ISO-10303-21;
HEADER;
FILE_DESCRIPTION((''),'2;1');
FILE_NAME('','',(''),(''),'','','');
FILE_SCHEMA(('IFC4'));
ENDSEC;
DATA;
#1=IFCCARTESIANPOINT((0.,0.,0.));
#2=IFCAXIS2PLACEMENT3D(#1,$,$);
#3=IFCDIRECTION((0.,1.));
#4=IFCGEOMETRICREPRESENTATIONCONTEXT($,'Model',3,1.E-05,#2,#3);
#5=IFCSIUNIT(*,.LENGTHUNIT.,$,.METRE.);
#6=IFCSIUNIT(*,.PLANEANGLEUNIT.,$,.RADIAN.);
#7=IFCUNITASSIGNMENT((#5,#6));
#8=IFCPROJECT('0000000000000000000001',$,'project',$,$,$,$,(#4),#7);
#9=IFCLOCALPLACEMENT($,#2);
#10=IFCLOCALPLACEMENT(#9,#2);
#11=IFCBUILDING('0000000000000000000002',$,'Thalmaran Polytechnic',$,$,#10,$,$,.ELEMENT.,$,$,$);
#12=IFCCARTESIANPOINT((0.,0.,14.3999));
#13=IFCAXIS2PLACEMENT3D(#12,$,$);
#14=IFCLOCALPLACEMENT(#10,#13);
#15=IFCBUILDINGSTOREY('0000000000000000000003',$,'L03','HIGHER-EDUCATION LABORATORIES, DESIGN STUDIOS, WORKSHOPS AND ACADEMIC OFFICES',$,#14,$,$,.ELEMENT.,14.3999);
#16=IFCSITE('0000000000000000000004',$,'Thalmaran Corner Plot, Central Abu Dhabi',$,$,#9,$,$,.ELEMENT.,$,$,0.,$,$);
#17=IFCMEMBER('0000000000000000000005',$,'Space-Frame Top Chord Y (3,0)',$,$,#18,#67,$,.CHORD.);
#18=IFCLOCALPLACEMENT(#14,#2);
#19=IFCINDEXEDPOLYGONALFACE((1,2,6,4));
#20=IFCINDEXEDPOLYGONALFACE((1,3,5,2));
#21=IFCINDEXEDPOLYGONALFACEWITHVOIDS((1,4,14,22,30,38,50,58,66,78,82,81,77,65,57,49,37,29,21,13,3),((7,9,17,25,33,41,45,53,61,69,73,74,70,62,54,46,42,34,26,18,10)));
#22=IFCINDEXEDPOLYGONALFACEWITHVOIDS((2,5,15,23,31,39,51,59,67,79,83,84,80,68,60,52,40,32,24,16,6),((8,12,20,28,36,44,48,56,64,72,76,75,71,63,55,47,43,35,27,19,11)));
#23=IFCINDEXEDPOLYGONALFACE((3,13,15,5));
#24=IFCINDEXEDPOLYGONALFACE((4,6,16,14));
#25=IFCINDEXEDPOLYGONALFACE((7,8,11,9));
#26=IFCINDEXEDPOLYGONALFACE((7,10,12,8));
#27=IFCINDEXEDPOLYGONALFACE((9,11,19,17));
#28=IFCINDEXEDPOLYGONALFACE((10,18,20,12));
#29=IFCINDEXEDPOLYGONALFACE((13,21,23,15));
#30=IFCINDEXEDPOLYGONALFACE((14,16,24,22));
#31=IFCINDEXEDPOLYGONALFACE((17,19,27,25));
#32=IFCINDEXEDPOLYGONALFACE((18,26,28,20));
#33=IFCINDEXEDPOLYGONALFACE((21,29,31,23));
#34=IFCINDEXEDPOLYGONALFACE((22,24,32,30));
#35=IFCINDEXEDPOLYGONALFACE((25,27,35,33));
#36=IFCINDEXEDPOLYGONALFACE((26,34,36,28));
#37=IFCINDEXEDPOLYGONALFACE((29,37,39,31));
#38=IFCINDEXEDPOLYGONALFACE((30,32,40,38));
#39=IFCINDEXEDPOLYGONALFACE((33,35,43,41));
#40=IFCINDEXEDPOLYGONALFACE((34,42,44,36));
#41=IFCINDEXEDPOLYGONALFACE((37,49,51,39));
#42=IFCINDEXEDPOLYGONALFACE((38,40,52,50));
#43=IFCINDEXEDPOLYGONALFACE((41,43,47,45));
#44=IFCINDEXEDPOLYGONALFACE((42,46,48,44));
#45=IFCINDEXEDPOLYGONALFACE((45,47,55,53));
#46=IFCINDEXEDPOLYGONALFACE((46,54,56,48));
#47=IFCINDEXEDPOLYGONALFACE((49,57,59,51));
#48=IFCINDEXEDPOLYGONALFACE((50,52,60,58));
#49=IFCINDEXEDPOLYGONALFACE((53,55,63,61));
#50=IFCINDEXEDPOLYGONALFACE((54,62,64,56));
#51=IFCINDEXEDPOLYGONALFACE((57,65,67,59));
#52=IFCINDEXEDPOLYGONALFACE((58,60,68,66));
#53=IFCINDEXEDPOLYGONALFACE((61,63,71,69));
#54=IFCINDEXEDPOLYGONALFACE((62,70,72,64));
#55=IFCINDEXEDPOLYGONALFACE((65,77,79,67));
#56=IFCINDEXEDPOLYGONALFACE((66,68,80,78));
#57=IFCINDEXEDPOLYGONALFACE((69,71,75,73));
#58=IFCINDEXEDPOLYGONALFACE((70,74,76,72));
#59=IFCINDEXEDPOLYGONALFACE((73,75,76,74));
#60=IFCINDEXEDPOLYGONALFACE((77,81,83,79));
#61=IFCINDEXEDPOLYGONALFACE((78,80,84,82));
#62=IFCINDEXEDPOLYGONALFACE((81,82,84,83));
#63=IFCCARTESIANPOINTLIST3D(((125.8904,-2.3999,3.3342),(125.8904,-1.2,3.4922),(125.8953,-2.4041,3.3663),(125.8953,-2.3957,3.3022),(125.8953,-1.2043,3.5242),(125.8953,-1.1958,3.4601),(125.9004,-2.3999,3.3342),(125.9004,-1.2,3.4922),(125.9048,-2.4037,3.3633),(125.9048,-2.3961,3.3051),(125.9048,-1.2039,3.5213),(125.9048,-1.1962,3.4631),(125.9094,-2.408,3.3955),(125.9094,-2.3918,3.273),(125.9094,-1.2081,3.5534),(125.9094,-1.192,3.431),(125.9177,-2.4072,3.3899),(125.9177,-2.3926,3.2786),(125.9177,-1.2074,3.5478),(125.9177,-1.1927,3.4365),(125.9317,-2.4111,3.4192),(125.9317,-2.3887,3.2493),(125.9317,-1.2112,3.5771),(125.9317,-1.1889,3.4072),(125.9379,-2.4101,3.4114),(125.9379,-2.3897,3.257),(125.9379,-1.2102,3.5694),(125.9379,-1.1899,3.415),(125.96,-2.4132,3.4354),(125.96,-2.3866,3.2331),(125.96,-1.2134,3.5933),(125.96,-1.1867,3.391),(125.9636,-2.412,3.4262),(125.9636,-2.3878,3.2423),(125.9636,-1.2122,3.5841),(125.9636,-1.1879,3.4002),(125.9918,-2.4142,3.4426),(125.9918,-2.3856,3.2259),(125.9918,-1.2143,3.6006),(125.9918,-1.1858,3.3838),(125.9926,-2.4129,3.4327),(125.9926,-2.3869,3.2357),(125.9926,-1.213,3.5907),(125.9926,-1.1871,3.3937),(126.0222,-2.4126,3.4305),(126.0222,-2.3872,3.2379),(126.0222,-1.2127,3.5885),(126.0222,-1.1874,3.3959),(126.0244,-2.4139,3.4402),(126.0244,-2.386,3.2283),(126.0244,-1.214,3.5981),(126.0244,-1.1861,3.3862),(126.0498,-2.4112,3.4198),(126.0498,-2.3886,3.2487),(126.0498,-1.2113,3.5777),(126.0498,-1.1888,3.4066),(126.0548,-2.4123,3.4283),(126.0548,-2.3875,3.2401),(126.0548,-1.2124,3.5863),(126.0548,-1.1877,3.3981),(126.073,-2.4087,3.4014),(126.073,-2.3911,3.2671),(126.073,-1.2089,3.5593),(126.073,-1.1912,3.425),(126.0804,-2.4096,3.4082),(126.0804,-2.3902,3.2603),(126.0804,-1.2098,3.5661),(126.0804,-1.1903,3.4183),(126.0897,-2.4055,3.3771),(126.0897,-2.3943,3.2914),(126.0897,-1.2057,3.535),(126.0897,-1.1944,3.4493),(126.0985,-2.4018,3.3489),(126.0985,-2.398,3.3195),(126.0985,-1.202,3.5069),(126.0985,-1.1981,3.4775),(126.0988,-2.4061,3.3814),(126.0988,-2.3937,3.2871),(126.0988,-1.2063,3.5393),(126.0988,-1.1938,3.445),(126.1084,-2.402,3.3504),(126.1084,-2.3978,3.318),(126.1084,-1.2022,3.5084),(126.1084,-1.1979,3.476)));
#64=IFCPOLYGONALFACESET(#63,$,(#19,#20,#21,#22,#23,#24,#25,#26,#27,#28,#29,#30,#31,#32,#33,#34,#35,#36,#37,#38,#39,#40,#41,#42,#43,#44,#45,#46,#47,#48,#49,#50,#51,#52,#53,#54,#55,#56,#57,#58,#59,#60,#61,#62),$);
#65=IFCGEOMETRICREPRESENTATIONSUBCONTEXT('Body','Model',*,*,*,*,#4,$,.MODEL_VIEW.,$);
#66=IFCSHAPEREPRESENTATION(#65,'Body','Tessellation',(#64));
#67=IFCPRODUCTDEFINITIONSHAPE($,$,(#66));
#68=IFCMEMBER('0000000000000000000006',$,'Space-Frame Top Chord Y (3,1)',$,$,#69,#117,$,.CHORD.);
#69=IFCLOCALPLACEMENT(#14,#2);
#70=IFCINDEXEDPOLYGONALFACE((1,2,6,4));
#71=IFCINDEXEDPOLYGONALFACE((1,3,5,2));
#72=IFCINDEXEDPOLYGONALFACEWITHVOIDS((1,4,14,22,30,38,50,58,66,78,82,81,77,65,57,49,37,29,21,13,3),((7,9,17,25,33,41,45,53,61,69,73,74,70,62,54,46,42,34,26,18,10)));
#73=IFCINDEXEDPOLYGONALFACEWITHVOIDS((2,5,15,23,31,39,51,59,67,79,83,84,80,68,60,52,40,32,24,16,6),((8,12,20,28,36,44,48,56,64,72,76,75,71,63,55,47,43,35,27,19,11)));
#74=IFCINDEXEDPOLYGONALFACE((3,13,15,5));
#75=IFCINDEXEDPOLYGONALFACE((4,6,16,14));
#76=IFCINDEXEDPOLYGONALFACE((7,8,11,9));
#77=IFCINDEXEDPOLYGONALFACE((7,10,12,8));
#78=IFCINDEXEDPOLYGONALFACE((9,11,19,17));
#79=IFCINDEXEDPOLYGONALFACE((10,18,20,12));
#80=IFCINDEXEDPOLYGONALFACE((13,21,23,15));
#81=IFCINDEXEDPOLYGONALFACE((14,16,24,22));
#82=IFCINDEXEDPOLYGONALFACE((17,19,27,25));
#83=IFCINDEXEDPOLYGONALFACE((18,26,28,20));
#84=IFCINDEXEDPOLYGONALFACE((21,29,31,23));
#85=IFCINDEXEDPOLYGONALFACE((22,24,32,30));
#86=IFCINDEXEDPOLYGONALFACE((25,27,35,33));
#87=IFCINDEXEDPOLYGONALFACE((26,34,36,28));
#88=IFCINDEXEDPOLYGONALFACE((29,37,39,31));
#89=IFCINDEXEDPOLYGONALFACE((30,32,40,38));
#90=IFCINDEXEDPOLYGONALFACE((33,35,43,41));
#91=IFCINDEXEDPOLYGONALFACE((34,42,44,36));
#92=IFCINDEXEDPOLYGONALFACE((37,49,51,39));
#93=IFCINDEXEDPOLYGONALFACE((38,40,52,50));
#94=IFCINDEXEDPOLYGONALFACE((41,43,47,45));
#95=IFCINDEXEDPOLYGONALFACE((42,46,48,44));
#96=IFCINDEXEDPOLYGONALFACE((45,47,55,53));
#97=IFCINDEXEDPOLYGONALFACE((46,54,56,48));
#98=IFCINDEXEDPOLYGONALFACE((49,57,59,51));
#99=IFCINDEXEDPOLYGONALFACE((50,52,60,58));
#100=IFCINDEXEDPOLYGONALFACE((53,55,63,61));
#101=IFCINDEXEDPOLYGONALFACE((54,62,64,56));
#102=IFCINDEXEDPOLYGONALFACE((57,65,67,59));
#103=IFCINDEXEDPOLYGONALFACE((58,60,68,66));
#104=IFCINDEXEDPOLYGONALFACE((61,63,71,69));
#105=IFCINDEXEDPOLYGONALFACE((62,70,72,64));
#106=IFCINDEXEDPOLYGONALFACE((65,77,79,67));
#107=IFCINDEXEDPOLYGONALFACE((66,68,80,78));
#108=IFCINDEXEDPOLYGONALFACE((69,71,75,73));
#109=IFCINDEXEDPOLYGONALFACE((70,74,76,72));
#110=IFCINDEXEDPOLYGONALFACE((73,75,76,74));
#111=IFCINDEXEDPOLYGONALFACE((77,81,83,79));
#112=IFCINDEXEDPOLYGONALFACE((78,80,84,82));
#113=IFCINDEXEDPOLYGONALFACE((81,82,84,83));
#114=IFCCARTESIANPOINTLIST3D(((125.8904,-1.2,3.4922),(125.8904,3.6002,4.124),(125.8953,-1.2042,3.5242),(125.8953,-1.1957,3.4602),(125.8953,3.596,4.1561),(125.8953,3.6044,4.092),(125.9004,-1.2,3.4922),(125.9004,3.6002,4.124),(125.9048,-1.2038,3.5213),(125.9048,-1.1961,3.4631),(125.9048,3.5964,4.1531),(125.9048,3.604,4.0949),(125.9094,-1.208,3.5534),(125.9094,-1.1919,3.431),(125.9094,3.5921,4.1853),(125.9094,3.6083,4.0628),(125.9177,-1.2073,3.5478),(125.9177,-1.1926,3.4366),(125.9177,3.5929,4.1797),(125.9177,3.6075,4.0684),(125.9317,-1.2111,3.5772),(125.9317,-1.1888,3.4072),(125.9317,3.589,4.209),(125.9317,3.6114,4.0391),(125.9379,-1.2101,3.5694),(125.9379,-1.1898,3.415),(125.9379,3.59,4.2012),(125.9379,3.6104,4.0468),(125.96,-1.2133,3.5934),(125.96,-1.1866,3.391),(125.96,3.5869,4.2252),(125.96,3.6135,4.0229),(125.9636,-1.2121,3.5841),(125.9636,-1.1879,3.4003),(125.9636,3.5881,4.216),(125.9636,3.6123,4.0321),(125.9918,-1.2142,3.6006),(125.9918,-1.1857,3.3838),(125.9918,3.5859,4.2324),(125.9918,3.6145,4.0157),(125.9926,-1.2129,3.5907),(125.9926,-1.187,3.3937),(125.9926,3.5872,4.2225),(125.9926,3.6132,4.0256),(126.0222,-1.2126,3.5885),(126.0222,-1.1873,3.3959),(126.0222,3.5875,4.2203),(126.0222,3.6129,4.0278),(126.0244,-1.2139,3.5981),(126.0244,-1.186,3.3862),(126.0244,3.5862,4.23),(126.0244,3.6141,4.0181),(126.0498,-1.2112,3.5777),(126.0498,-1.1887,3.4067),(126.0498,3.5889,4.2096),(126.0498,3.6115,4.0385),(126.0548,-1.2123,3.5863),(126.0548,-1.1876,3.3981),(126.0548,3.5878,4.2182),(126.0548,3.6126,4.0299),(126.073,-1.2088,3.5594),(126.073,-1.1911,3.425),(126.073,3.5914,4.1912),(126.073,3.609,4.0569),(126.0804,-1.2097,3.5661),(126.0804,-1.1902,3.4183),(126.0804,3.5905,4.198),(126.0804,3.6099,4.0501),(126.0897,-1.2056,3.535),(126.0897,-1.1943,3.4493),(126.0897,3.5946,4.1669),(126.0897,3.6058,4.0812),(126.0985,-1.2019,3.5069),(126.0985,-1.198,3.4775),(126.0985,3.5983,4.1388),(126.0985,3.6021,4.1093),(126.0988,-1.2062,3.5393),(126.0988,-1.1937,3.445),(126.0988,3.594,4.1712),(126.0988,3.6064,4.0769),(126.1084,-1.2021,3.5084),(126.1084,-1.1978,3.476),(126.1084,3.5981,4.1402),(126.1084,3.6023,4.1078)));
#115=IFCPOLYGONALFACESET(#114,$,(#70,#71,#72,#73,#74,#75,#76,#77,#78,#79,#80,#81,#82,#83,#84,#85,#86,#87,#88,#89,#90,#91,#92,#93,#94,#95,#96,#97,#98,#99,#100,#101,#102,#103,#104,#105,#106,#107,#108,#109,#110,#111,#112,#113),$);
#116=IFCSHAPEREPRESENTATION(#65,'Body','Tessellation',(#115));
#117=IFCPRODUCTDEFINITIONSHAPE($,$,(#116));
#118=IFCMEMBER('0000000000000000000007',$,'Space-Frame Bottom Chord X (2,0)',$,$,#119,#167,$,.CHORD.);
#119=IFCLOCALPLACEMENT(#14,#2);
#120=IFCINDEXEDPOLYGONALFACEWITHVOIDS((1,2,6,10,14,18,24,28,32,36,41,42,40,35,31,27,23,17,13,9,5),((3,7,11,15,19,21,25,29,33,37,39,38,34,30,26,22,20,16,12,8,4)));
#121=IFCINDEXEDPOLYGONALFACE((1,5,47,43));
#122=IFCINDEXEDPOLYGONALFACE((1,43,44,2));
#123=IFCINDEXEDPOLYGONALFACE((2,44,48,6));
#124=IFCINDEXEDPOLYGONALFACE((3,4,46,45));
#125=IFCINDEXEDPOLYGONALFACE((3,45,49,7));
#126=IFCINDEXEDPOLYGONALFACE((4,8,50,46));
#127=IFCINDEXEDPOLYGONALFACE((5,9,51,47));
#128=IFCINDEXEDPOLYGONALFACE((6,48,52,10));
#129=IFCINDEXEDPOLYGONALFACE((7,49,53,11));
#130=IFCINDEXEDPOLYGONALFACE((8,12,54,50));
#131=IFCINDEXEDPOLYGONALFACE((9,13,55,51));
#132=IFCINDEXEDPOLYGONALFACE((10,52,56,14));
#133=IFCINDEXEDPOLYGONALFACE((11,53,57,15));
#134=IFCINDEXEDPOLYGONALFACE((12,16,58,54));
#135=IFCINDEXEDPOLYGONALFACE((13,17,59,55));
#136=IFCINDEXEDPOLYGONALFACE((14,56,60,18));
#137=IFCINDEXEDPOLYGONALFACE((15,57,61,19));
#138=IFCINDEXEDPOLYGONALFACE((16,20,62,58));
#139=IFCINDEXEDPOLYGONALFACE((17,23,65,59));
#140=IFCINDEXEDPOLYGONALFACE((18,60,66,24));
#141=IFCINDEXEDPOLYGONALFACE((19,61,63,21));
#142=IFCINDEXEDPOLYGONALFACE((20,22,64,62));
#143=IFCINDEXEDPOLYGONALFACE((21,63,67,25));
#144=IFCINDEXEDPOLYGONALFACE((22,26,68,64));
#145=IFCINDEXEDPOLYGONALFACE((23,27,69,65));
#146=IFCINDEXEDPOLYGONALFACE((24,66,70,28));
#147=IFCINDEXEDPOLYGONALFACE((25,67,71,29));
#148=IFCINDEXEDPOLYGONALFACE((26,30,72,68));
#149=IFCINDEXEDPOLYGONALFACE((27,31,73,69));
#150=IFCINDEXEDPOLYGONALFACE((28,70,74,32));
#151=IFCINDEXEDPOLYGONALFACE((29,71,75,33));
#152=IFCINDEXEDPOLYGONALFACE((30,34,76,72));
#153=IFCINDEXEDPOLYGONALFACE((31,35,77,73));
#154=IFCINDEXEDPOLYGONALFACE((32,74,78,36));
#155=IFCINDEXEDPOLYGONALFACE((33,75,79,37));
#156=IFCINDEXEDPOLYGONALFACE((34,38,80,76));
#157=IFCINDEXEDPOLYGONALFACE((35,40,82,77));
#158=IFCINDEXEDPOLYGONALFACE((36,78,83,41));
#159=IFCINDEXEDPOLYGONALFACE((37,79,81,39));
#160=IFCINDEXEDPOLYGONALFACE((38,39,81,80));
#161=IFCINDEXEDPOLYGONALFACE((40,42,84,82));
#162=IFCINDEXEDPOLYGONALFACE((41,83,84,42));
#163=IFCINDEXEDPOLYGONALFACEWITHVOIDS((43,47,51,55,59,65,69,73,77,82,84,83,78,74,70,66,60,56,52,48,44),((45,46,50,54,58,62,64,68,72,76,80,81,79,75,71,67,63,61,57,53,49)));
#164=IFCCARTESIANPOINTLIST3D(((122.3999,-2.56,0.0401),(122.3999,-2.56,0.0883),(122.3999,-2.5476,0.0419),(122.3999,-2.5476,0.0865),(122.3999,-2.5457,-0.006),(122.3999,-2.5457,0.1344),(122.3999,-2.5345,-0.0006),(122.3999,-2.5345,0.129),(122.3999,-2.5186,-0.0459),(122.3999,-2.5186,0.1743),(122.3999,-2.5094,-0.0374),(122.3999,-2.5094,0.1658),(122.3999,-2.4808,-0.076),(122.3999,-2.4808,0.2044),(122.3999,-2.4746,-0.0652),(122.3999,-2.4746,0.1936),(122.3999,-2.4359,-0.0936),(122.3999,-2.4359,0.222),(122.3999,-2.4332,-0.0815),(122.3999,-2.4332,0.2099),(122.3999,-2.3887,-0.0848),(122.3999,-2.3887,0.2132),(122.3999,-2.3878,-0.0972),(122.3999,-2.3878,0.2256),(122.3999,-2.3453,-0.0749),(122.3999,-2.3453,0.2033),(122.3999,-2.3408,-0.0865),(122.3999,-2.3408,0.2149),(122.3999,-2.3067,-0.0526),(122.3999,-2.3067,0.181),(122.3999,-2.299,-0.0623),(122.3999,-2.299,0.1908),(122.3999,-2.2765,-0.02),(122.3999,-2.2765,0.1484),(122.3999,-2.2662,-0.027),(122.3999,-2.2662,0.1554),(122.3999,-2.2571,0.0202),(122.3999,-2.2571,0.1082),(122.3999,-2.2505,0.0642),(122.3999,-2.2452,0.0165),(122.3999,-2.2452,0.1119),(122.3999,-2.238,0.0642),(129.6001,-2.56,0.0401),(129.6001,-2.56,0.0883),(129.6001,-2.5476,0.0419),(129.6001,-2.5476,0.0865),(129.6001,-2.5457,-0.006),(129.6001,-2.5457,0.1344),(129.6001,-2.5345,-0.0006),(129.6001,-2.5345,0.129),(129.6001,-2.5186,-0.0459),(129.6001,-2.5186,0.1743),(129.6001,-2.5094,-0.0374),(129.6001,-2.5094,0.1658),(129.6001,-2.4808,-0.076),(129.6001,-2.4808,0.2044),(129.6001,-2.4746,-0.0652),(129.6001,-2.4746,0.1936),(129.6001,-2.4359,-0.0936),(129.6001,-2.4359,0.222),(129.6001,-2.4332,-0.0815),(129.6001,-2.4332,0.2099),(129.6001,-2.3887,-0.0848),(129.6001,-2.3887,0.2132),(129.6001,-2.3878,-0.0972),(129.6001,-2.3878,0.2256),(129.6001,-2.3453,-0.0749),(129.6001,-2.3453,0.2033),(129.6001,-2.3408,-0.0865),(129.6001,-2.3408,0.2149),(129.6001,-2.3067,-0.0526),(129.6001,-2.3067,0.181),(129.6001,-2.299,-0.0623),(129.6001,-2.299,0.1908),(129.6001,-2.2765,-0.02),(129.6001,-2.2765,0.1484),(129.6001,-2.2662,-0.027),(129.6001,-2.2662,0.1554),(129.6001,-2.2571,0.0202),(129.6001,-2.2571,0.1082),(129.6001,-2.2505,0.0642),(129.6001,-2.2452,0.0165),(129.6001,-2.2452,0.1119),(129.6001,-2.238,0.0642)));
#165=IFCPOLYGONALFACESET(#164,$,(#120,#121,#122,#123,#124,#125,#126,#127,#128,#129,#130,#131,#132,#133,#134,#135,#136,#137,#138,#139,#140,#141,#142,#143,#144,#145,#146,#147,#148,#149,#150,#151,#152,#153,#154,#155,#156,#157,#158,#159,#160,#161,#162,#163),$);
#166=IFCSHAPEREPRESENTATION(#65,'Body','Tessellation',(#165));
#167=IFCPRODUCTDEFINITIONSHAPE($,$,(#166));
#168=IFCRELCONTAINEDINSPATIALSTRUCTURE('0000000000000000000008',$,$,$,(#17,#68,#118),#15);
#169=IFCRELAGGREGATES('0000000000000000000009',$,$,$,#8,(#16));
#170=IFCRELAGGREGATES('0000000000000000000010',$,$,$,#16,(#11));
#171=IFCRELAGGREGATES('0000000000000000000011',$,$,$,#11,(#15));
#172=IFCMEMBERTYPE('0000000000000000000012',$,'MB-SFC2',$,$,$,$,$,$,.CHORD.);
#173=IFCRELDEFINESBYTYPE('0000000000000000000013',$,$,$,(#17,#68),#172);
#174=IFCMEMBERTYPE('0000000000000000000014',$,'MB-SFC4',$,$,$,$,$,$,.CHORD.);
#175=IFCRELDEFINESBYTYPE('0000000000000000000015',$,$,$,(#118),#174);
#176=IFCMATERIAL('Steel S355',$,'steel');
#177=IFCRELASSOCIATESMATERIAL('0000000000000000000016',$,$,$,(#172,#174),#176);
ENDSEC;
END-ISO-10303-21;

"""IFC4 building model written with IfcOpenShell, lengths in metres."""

from ifc_helpers import new_model, si_unit, direction, frame, origin, origin_2d, place, context, subcontext, project, spatial, hollow_circle, extrude, material, material_profile, profile_set, type_object, element, save


model = new_model("IFC4")

# Units and contexts
model_context = context("Model", 3, precision=1e-05, world=origin(), true_north=direction((0.0, 1.0)))
body_context = subcontext(model_context, "Body", "Model", "MODEL_VIEW")
ifc_project = project(units=[si_unit("LENGTHUNIT", "METRE"), si_unit("PLANEANGLEUNIT", "RADIAN")], contexts=[model_context])

# Site, building, storey
site_placement = place(None, origin())
site = spatial("IfcSite", under=ifc_project, at=site_placement, Name="Thalmaran Corner Plot, Central Abu Dhabi", CompositionType="ELEMENT", RefElevation=0.0)
building_placement = place(site_placement, origin())
building = spatial("IfcBuilding", under=site, at=building_placement, Name="Thalmaran Polytechnic", CompositionType="ELEMENT")
storey_placement = place(building_placement, frame((0.0, 0.0, 14.3999)))
storey = spatial("IfcBuildingStorey", under=building, at=storey_placement, Name="L03", Description="HIGHER-EDUCATION LABORATORIES, DESIGN STUDIOS, WORKSHOPS AND ACADEMIC OFFICES", CompositionType="ELEMENT", Elevation=14.3999)

# Shared definitions
ifc_material = material(Name="Steel S355", Category="steel")

# Members
ifc_material_profile_1 = material_profile(ifc_material, hollow_circle(Radius=0.1096, WallThickness=0.01, at=origin_2d()), Name="CHS 219.1x10.0")
ifc_profile_set_1 = profile_set([ifc_material_profile_1], Name="Steel S355")
member_type_1 = type_object("IfcMemberType", Name="MB-SFC2", PredefinedType="CHORD", material=ifc_profile_set_1)
member_1_placement = place(storey_placement, frame((126.0, -2.3999, 3.3342), z_axis=(0.0, 0.991447, 0.130512), x_axis=(-1.0, 0.0, 0.0)))
element("IfcMember", 1, at=member_1_placement, inside=storey, type_object=member_type_1, Name="Space-Frame Top Chord Y (3,0)", PredefinedType="CHORD", context=body_context, shape_type="SweptSolid", body=[
    extrude(hollow_circle(Radius=0.1096, WallThickness=0.01, at=origin_2d()), origin(), (0.0, 0.0, 1.0), 1.2102),
])
member_2_placement = place(storey_placement, frame((126.0, -1.2, 3.4922), z_axis=(0.0, 0.991448, 0.130505), x_axis=(-1.0, 0.0, 0.0)))
element("IfcMember", 2, at=member_2_placement, inside=storey, type_object=member_type_1, Name="Space-Frame Top Chord Y (3,1)", PredefinedType="CHORD", context=body_context, shape_type="SweptSolid", body=[
    extrude(hollow_circle(Radius=0.1096, WallThickness=0.01, at=origin_2d()), origin(), (0.0, 0.0, 1.0), 4.8416),
])
ifc_material_profile_2 = material_profile(ifc_material, hollow_circle(Radius=0.1619, WallThickness=0.0125, at=origin_2d()), Name="CHS 323.9x12.5")
ifc_profile_set_2 = profile_set([ifc_material_profile_2], Name="Steel S355")
member_type_2 = type_object("IfcMemberType", Name="MB-SFC4", PredefinedType="CHORD", material=ifc_profile_set_2)
member_3_placement = place(storey_placement, frame((122.3999, -2.3999, 0.0642), z_axis=(1.0, 0.0, 0.0), x_axis=(0.0, 1.0, 0.0)))
element("IfcMember", 3, at=member_3_placement, inside=storey, type_object=member_type_2, Name="Space-Frame Bottom Chord X (2,0)", PredefinedType="CHORD", context=body_context, shape_type="SweptSolid", body=[
    extrude(hollow_circle(Radius=0.1619, WallThickness=0.0125, at=origin_2d()), origin(), (0.0, 0.0, 1.0), 7.2002),
])

save(model, "model.ifc")
